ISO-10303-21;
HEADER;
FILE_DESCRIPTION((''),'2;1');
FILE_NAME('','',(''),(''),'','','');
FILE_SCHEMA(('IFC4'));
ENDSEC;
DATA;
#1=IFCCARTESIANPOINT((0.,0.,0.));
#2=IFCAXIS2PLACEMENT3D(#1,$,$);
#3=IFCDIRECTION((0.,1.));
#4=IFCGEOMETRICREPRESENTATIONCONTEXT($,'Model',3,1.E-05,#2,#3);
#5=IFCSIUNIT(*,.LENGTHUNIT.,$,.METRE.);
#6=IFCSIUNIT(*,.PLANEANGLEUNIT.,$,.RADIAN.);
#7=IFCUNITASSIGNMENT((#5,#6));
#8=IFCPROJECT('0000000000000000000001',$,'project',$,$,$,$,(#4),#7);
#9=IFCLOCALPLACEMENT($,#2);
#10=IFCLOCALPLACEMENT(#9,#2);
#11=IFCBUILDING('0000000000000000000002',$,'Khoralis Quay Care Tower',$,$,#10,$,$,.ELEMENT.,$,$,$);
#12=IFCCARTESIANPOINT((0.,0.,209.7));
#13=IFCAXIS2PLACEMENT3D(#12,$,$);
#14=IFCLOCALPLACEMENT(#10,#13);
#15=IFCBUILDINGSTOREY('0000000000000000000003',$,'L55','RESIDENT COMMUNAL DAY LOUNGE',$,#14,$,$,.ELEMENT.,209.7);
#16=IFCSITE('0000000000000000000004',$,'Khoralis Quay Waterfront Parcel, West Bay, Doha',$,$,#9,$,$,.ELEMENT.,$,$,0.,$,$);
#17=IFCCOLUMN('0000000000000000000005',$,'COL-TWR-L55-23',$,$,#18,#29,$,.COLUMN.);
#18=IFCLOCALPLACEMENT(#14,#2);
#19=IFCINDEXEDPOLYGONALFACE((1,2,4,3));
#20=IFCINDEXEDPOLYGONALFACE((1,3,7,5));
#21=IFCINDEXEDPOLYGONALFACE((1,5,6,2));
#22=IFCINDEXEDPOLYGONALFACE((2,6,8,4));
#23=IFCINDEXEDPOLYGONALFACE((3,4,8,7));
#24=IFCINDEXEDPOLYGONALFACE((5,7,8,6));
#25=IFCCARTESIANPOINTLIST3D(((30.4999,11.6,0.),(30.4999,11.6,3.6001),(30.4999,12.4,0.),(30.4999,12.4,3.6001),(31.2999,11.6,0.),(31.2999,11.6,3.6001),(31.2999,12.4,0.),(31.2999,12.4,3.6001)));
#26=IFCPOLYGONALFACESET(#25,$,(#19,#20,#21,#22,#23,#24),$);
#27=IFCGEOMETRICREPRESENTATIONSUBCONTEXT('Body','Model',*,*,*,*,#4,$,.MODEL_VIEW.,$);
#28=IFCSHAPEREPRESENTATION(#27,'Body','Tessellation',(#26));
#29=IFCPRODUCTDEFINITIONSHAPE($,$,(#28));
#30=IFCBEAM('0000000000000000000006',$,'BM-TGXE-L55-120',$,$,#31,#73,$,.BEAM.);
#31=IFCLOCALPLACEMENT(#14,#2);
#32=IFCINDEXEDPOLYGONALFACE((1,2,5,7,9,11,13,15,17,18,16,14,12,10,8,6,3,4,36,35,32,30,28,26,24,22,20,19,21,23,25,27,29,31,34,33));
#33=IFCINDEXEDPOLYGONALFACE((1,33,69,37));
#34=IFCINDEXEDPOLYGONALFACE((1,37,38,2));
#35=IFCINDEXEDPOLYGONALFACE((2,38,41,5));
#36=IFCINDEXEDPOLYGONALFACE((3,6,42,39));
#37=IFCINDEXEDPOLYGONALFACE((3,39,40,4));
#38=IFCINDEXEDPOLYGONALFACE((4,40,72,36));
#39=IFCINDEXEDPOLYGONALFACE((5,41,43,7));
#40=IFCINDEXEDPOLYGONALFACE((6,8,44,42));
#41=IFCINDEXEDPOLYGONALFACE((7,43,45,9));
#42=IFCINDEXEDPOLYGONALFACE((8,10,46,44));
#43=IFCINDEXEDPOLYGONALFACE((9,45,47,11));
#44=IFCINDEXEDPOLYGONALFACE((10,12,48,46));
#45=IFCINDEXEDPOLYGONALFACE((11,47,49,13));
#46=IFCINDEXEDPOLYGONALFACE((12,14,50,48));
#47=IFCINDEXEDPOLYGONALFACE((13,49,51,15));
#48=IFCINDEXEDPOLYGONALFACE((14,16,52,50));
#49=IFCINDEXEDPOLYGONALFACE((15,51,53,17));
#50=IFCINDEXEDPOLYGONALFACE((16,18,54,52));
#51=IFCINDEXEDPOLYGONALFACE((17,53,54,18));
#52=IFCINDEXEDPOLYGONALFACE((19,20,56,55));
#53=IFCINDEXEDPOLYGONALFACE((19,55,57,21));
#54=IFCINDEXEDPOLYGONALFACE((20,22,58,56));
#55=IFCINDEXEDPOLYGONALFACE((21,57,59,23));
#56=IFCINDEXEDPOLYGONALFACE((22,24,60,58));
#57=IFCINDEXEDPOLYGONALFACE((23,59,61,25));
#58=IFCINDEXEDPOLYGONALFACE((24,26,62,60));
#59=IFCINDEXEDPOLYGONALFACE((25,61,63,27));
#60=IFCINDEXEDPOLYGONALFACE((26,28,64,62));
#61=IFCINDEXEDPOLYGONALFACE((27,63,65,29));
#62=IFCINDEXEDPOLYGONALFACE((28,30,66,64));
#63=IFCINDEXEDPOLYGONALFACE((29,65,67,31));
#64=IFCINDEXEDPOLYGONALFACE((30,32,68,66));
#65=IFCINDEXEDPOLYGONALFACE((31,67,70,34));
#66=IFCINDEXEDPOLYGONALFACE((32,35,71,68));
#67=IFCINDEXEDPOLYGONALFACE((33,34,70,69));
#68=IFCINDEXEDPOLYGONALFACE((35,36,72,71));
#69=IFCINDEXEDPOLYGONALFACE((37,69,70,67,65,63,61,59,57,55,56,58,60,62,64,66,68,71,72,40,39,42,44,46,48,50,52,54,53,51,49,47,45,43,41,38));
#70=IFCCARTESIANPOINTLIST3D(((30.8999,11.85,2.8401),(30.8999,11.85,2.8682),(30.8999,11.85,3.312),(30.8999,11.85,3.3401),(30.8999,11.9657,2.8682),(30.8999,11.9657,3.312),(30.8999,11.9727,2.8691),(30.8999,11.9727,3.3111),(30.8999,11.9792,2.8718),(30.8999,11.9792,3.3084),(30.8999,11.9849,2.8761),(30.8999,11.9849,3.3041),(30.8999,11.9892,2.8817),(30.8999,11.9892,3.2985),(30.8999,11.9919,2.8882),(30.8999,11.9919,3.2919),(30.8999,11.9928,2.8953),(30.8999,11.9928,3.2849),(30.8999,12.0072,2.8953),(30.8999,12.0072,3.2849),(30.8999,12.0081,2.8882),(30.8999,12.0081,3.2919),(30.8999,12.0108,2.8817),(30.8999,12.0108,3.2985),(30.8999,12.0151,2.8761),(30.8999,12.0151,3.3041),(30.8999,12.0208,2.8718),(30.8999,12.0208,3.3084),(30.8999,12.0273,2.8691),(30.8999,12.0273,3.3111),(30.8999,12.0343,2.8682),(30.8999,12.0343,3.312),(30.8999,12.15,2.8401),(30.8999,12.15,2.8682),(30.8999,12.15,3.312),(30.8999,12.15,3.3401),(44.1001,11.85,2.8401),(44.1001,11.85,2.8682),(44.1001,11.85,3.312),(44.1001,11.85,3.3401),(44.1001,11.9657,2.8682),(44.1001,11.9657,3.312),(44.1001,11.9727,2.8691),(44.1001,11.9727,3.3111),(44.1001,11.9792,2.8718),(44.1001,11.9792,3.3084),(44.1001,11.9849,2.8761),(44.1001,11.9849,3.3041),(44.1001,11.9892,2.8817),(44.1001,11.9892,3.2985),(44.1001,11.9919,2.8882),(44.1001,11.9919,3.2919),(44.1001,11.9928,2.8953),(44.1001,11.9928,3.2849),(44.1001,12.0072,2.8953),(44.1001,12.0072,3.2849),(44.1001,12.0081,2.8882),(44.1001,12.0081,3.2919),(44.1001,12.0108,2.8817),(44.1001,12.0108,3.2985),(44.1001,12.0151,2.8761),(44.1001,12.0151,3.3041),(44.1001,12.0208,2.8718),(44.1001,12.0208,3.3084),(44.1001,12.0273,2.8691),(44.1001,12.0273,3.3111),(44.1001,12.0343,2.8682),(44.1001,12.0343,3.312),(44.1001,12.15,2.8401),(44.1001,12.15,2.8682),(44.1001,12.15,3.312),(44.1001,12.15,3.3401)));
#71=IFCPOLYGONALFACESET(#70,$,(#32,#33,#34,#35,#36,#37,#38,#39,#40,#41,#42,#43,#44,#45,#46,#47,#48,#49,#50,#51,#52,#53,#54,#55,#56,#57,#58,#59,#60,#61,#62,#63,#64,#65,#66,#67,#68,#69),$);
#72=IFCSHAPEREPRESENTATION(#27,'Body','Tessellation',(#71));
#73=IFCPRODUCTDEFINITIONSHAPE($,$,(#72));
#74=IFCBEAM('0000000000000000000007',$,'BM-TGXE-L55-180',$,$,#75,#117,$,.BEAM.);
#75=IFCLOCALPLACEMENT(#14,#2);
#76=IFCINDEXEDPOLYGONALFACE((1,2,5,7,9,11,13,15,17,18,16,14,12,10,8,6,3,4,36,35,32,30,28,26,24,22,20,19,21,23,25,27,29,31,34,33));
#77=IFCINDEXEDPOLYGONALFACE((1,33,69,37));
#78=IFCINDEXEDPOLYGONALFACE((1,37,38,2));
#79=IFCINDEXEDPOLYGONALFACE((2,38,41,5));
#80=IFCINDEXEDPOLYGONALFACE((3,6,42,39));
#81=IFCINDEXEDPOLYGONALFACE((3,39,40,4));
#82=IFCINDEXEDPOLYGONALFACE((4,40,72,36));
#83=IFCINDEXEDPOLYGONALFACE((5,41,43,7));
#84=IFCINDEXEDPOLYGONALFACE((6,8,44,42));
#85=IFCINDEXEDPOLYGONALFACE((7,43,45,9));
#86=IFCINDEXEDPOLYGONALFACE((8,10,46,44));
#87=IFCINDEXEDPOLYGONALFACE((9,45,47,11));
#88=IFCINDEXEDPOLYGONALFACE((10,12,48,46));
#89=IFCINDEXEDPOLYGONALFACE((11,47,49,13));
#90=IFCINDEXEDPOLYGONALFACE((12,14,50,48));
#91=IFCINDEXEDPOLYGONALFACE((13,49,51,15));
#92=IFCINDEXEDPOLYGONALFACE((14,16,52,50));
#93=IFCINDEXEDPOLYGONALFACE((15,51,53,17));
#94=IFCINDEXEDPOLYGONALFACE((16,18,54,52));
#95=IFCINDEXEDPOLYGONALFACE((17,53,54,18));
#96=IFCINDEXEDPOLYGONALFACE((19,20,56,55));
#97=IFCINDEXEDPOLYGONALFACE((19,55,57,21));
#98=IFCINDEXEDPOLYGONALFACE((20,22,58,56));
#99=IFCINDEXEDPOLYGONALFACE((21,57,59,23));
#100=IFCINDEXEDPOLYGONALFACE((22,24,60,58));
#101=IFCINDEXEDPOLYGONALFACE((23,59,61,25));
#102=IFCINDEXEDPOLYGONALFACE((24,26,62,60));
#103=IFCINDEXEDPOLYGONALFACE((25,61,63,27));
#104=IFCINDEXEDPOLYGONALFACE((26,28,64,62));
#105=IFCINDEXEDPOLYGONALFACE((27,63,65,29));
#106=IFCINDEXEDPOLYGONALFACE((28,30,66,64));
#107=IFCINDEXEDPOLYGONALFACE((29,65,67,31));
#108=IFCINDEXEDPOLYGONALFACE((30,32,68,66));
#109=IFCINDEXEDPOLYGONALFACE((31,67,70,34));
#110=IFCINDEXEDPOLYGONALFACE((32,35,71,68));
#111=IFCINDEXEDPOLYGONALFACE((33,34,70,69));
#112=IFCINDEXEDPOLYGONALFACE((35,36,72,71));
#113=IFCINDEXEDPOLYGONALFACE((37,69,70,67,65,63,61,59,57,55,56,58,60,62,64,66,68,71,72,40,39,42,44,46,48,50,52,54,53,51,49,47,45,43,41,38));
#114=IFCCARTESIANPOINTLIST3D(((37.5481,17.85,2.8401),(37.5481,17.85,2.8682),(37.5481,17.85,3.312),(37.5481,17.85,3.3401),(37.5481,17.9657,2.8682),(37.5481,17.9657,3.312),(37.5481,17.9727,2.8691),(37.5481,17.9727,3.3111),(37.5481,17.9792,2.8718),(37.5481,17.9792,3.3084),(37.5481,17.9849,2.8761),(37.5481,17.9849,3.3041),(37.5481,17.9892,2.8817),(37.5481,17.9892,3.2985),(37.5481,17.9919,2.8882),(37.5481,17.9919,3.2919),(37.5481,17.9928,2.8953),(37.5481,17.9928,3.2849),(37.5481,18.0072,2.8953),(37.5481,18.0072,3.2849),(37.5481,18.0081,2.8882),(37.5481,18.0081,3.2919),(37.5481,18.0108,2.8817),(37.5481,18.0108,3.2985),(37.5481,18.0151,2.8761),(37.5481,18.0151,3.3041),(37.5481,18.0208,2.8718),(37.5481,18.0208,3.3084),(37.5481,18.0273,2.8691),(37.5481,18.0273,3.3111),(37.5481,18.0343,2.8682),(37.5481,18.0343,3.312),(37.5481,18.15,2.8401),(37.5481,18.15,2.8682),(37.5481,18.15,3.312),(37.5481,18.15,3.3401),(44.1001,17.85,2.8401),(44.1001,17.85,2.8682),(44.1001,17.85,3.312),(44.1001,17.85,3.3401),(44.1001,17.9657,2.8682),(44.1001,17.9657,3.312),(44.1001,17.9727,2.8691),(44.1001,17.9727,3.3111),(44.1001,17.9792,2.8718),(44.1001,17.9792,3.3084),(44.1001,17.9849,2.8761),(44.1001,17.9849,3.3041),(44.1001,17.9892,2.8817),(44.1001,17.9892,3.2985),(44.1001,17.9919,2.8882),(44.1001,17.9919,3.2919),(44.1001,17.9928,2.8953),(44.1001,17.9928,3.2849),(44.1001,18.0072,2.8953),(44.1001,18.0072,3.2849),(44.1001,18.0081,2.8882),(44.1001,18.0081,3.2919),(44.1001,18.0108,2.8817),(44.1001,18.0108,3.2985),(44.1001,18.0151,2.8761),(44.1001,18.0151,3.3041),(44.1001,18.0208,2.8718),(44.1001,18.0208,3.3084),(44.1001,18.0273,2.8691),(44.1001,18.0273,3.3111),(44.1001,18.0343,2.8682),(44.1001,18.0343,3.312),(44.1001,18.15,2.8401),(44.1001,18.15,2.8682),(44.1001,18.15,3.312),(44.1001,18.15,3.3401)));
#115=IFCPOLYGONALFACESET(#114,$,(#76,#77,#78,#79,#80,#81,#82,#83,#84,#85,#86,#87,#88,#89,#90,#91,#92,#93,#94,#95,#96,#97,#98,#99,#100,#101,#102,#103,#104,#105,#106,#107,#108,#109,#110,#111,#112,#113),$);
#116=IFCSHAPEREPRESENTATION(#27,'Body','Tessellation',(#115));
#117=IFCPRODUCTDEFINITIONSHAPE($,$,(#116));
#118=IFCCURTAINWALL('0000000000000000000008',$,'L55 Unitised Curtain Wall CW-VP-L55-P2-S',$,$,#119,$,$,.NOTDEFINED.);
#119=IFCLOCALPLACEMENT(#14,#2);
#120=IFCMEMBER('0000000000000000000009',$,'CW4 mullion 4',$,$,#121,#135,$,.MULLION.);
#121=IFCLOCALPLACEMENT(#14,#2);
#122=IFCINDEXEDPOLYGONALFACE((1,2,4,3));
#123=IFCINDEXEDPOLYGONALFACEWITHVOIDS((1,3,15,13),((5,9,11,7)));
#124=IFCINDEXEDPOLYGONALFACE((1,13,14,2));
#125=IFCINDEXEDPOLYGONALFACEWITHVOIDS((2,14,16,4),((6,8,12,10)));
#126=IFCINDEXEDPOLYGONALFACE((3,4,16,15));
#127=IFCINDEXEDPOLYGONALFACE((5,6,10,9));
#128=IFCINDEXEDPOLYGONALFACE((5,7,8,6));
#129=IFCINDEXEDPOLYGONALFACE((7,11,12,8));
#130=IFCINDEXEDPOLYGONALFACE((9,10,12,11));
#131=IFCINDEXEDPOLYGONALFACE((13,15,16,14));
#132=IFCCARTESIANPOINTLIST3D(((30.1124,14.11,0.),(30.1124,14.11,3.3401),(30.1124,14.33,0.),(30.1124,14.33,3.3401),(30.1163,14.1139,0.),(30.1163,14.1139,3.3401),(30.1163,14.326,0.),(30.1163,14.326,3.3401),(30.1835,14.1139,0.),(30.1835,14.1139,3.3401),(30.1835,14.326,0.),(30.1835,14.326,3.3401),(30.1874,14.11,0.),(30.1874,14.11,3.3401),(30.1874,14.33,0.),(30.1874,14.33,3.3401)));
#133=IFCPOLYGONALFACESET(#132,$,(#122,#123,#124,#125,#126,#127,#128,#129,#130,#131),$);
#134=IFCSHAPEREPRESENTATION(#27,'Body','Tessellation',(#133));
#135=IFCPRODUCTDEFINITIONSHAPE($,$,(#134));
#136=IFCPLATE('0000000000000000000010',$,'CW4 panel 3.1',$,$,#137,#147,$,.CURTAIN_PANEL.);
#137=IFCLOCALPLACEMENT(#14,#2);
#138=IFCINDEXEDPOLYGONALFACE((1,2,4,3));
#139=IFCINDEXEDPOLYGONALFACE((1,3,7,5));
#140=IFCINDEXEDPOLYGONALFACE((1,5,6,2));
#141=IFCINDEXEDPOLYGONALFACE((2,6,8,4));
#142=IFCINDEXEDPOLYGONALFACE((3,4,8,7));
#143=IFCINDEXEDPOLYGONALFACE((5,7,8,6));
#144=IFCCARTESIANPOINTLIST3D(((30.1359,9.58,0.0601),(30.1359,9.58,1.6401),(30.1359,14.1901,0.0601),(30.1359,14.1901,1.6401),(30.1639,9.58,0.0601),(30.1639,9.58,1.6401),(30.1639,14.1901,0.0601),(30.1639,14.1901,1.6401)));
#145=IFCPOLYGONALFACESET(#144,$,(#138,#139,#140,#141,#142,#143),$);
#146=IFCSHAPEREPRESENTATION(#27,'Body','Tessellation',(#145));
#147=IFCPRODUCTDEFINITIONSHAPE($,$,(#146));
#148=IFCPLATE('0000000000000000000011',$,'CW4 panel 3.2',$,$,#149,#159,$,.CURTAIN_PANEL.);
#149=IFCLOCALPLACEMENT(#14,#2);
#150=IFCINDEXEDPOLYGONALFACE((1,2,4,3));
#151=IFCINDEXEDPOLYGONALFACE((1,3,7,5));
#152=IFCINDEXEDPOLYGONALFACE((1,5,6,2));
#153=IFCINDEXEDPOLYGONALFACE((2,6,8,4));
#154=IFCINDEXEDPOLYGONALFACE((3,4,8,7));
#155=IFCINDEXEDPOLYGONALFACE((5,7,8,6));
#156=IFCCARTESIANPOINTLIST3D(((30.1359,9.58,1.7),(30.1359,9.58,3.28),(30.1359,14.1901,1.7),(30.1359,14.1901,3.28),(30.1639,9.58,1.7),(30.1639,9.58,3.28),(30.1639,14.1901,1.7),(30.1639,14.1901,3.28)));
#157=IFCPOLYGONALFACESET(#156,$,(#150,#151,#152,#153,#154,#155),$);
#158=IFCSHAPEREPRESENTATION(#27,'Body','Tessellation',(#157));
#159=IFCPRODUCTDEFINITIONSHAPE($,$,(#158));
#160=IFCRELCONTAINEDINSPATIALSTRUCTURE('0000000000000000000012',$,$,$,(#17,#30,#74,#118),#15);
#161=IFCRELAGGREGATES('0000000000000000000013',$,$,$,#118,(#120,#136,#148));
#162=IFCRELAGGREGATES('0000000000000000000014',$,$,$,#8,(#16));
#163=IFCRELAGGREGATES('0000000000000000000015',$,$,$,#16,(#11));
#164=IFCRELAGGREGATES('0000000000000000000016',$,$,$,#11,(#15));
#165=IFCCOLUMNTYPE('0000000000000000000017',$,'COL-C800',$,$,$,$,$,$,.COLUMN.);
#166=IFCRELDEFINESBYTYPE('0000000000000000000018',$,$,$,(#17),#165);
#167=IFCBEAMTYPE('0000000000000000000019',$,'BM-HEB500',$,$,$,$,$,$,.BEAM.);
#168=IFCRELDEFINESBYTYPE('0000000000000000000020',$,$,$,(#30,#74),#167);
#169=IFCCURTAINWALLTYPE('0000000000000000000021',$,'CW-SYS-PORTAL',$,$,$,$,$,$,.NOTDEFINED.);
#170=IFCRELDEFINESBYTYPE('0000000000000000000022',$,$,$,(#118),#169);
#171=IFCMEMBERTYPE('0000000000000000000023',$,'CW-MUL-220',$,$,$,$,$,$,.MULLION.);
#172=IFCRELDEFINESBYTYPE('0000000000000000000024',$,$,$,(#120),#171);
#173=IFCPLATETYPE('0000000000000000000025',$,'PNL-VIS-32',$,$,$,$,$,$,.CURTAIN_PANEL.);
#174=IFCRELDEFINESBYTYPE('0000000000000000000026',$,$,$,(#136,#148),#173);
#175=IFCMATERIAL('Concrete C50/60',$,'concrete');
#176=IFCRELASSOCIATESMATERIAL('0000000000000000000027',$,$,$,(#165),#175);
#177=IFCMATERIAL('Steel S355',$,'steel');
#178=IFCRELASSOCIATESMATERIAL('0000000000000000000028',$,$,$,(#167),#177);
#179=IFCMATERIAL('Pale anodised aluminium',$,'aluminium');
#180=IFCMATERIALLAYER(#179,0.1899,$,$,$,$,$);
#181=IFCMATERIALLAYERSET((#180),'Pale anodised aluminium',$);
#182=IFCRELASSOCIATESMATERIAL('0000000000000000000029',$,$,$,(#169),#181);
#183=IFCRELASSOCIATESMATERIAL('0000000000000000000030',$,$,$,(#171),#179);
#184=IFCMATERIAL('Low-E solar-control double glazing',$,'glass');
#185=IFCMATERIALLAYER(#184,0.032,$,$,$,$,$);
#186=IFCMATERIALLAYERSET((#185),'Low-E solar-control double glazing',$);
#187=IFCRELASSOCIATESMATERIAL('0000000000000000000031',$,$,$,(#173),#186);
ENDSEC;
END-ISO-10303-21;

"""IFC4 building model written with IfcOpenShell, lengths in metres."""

from ifc_helpers import new_model, si_unit, direction, frame, origin, origin_2d, place, context, subcontext, project, spatial, rectangle, hollow_rectangle, i_section, extrude, source, transform, mapped, material, layer, layer_set, material_profile, profile_set, type_object, element, aggregate, save


model = new_model("IFC4")

# Units and contexts
model_context = context("Model", 3, precision=1e-05, world=origin(), true_north=direction((0.0, 1.0)))
body_context = subcontext(model_context, "Body", "Model", "MODEL_VIEW")
ifc_project = project(units=[si_unit("LENGTHUNIT", "METRE"), si_unit("PLANEANGLEUNIT", "RADIAN")], contexts=[model_context])

# Site, building, storey
site_placement = place(None, origin())
site = spatial("IfcSite", under=ifc_project, at=site_placement, Name="Khoralis Quay Waterfront Parcel, West Bay, Doha", CompositionType="ELEMENT", RefElevation=0.0)
building_placement = place(site_placement, origin())
building = spatial("IfcBuilding", under=site, at=building_placement, Name="Khoralis Quay Care Tower", CompositionType="ELEMENT")
storey_placement = place(building_placement, frame((0.0, 0.0, 209.7)))
storey = spatial("IfcBuildingStorey", under=building, at=storey_placement, Name="L55", Description="RESIDENT COMMUNAL DAY LOUNGE", CompositionType="ELEMENT", Elevation=209.7)

# Column
ifc_material_1 = material(Name="Concrete C50/60", Category="concrete")
ifc_material_profile_1 = material_profile(ifc_material_1, rectangle(XDim=0.8, YDim=0.8, at=origin_2d()), Name="Concrete C50/60")
ifc_profile_set_1 = profile_set([ifc_material_profile_1], Name="Concrete C50/60")
column_type = type_object("IfcColumnType", Name="COL-C800", PredefinedType="COLUMN", material=ifc_profile_set_1)
shared_shape_1 = source(origin(), body_context, "Body", "SweptSolid", [
    extrude(rectangle(XDim=0.8, YDim=0.8, at=origin_2d()), origin(), (0.0, 0.0, 1.0), 3.6001),
])
column_placement = place(storey_placement, frame((30.8999, 12.0, 0.0), z_axis=(0.0, 0.0, 1.0), x_axis=(1.0, 0.0, 0.0)))
element("IfcColumn", 1, at=column_placement, inside=storey, type_object=column_type, Name="COL-TWR-L55-23", PredefinedType="COLUMN", context=body_context, shape_type="MappedRepresentation", body=[
    mapped(shared_shape_1, transform((0.0, 0.0, 0.0), scale=1.0)),
])

# Beams
ifc_material_2 = material(Name="Steel S355", Category="steel")
ifc_material_profile_2 = material_profile(ifc_material_2, i_section(OverallWidth=0.3, OverallDepth=0.5, WebThickness=0.0144, FlangeThickness=0.0281, FilletRadius=0.0271, at=origin_2d()), Name="Steel S355")
ifc_profile_set_2 = profile_set([ifc_material_profile_2], Name="Steel S355")
beam_type = type_object("IfcBeamType", Name="BM-HEB500", PredefinedType="BEAM", material=ifc_profile_set_2)
shared_shape_2 = source(origin(), body_context, "Body", "SweptSolid", [
    extrude(i_section(OverallWidth=0.3, OverallDepth=0.5, WebThickness=0.0144, FlangeThickness=0.0281, FilletRadius=0.0271, at=origin_2d()), origin(), (0.0, 0.0, 1.0), 13.2002),
])
beam_1_placement = place(storey_placement, frame((30.8999, 12.0, 3.0901), z_axis=(1.0, 0.0, 0.0), x_axis=(0.0, 1.0, 0.0)))
element("IfcBeam", 2, at=beam_1_placement, inside=storey, type_object=beam_type, Name="BM-TGXE-L55-120", PredefinedType="BEAM", context=body_context, shape_type="MappedRepresentation", body=[
    mapped(shared_shape_2, transform((0.0, 0.0, 0.0), scale=1.0)),
])
shared_shape_3 = source(origin(), body_context, "Body", "SweptSolid", [
    extrude(i_section(OverallWidth=0.3, OverallDepth=0.5, WebThickness=0.0144, FlangeThickness=0.0281, FilletRadius=0.0271, at=origin_2d()), origin(), (0.0, 0.0, 1.0), 6.552),
])
beam_2_placement = place(storey_placement, frame((37.5481, 18.0, 3.0901), z_axis=(1.0, 0.0, 0.0), x_axis=(0.0, 1.0, 0.0)))
element("IfcBeam", 3, at=beam_2_placement, inside=storey, type_object=beam_type, Name="BM-TGXE-L55-180", PredefinedType="BEAM", context=body_context, shape_type="MappedRepresentation", body=[
    mapped(shared_shape_3, transform((0.0, 0.0, 0.0), scale=1.0)),
])

# Curtain wall, member, plates
ifc_material_3 = material(Name="Pale anodised aluminium", Category="aluminium")
ifc_layer_1 = layer(ifc_material_3, 0.1899)
ifc_layer_set_1 = layer_set([ifc_layer_1], Name="Pale anodised aluminium")
curtain_wall_type = type_object("IfcCurtainWallType", Name="CW-SYS-PORTAL", PredefinedType="NOTDEFINED", material=ifc_layer_set_1)
curtain_wall_placement = place(storey_placement, origin())
curtain_wall = element("IfcCurtainWall", 4, at=curtain_wall_placement, inside=storey, type_object=curtain_wall_type, Name="L55 Unitised Curtain Wall CW-VP-L55-P2-S", PredefinedType="NOTDEFINED")
ifc_material_profile_3 = material_profile(ifc_material_3, hollow_rectangle(XDim=0.075, YDim=0.22, WallThickness=0.0039, at=origin_2d()), Name="Pale anodised aluminium")
ifc_profile_set_3 = profile_set([ifc_material_profile_3], Name="Pale anodised aluminium")
member_type = type_object("IfcMemberType", Name="CW-MUL-220", PredefinedType="MULLION", material=ifc_profile_set_3)
shared_shape_4 = source(origin(), body_context, "Body", "SweptSolid", [
    extrude(hollow_rectangle(XDim=0.075, YDim=0.22, WallThickness=0.0039, at=origin_2d()), origin(), (0.0, 0.0, 1.0), 3.3401),
])
member_placement = place(storey_placement, frame((30.1499, 14.22, 0.0), z_axis=(0.0, 0.0, 1.0), x_axis=(-1.0, 0.0, 0.0)))
member = element("IfcMember", 5, at=member_placement, type_object=member_type, Name="CW4 mullion 4", PredefinedType="MULLION", context=body_context, shape_type="MappedRepresentation", body=[
    mapped(shared_shape_4, transform((0.0, 0.0, 0.0), scale=1.0)),
])
ifc_material_4 = material(Name="Low-E solar-control double glazing", Category="glass")
ifc_layer_2 = layer(ifc_material_4, 0.032)
ifc_layer_set_2 = layer_set([ifc_layer_2], Name="Low-E solar-control double glazing")
plate_type = type_object("IfcPlateType", Name="PNL-VIS-32", PredefinedType="CURTAIN_PANEL", material=ifc_layer_set_2)
shared_shape_5 = source(origin(), body_context, "Body", "SweptSolid", [
    extrude(rectangle(XDim=4.6101, YDim=0.0281, at=origin_2d()), origin(), (0.0, 0.0, 1.0), 1.5801),
])
plate_1_placement = place(storey_placement, frame((30.1499, 11.885, 0.0601), z_axis=(0.0, 0.0, 1.0), x_axis=(0.0, 1.0, 0.0)))
plate_1 = element("IfcPlate", 6, at=plate_1_placement, type_object=plate_type, Name="CW4 panel 3.1", PredefinedType="CURTAIN_PANEL", context=body_context, shape_type="MappedRepresentation", body=[
    mapped(shared_shape_5, transform((0.0, 0.0, 0.0), scale=1.0)),
])
plate_2_placement = place(storey_placement, frame((30.1499, 11.885, 1.7), z_axis=(0.0, 0.0, 1.0), x_axis=(0.0, 1.0, 0.0)))
plate_2 = element("IfcPlate", 7, at=plate_2_placement, type_object=plate_type, Name="CW4 panel 3.2", PredefinedType="CURTAIN_PANEL", context=body_context, shape_type="MappedRepresentation", body=[
    mapped(shared_shape_5, transform((0.0, 0.0, 0.0), scale=1.0)),
])
aggregate(curtain_wall, [member, plate_1, plate_2])

save(model, "model.ifc")
